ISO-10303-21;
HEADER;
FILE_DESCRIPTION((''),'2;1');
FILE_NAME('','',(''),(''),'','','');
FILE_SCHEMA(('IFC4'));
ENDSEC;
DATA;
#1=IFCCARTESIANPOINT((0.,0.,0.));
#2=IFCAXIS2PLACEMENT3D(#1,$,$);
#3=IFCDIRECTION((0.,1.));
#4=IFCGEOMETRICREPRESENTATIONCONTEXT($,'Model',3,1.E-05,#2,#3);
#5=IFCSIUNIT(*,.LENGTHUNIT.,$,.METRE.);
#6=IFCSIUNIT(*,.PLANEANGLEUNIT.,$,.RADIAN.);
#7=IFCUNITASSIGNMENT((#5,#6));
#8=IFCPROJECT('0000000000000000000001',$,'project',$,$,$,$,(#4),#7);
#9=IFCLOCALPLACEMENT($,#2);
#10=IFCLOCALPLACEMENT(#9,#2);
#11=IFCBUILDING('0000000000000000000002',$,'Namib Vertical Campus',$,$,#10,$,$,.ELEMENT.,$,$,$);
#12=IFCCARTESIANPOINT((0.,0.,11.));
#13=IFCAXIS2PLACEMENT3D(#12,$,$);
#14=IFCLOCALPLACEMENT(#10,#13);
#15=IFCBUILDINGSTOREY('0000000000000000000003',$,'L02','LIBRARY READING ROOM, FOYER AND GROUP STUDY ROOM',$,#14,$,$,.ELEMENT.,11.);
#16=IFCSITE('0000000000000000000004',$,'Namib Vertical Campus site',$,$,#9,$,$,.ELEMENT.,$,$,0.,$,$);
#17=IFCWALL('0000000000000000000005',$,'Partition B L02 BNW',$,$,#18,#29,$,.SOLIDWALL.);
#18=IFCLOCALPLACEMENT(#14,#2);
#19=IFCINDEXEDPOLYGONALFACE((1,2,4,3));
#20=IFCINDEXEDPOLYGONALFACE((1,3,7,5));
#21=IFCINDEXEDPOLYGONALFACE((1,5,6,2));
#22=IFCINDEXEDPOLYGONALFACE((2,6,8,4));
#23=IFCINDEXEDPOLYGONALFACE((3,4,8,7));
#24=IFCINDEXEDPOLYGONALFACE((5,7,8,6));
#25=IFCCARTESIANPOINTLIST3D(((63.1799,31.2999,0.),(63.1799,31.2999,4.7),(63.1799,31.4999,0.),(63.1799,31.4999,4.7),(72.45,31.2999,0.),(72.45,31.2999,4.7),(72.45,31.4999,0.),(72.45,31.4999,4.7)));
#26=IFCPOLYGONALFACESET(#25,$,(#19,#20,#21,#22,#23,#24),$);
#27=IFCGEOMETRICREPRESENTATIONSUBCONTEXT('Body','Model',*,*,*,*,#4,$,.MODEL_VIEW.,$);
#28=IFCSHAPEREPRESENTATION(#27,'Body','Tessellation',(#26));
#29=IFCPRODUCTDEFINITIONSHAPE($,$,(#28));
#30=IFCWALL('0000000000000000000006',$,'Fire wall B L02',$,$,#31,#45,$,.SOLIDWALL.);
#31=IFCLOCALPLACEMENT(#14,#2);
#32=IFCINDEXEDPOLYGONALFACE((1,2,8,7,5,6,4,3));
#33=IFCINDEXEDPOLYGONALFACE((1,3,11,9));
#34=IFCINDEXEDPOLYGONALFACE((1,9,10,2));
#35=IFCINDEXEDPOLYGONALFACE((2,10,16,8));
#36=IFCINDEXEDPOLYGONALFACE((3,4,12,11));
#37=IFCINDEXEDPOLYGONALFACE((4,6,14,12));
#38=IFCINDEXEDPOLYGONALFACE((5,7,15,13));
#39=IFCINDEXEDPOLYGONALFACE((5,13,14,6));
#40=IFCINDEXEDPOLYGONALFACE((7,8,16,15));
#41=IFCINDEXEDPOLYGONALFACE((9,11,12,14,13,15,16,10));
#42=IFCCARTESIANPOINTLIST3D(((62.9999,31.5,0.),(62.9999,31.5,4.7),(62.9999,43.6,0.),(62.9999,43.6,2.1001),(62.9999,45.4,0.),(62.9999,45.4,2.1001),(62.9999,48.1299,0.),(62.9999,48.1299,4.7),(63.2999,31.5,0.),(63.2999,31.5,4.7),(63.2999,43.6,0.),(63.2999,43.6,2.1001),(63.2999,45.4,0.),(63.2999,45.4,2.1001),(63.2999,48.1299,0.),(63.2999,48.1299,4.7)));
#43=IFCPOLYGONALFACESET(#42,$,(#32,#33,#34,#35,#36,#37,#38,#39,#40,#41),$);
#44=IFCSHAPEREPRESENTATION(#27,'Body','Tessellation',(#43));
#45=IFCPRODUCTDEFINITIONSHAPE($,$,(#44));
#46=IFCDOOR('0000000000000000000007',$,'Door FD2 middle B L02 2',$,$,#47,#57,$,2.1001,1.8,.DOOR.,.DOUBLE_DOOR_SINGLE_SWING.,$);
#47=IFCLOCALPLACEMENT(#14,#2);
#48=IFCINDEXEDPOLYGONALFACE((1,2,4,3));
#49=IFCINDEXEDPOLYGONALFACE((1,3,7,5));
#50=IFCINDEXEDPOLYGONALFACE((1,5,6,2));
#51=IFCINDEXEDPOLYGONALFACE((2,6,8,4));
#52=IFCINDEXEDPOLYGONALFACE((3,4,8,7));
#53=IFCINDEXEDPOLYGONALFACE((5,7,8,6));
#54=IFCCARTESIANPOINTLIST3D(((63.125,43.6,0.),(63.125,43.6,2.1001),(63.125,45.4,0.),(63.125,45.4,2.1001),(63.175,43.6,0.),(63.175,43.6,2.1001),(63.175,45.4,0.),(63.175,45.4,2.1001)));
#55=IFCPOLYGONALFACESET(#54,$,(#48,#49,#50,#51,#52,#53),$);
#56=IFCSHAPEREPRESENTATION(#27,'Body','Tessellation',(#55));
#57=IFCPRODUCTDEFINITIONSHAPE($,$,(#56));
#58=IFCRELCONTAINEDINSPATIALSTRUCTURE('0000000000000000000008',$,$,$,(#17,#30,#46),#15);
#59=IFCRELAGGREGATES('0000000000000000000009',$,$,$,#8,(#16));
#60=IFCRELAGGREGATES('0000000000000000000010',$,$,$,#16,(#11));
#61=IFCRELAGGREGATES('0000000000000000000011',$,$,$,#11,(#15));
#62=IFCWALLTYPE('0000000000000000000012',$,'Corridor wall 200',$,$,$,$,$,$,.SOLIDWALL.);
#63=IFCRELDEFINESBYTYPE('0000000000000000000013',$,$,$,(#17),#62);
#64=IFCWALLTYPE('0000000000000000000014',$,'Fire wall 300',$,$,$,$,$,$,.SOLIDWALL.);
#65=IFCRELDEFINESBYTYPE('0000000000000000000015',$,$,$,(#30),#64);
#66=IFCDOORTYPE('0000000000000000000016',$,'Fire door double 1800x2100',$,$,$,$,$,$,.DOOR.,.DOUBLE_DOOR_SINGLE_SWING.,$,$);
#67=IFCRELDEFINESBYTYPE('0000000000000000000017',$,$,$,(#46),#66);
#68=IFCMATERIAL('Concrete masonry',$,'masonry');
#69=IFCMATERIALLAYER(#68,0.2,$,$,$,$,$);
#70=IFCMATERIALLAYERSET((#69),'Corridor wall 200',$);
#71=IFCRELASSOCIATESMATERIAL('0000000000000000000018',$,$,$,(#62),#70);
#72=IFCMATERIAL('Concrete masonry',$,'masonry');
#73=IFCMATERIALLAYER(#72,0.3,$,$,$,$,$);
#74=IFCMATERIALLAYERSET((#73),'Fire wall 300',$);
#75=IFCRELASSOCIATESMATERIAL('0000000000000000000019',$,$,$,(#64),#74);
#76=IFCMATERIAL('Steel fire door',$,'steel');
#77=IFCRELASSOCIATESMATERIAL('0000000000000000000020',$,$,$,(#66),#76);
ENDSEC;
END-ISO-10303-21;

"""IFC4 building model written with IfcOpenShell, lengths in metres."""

from ifc_helpers import new_model, si_unit, direction, frame, frame_2d, origin, place, context, subcontext, project, spatial, rectangle, extrude, material, layer, layer_set, type_object, element, fill, save


model = new_model("IFC4")

# Units and contexts
model_context = context("Model", 3, precision=1e-05, world=origin(), true_north=direction((0.0, 1.0)))
body_context = subcontext(model_context, "Body", "Model", "MODEL_VIEW")
ifc_project = project(units=[si_unit("LENGTHUNIT", "METRE"), si_unit("PLANEANGLEUNIT", "RADIAN")], contexts=[model_context])

# Site, building, storey
site_placement = place(None, origin())
site = spatial("IfcSite", under=ifc_project, at=site_placement, Name="Namib Vertical Campus site", CompositionType="ELEMENT", RefElevation=0.0)
building_placement = place(site_placement, origin())
building = spatial("IfcBuilding", under=site, at=building_placement, Name="Namib Vertical Campus", CompositionType="ELEMENT")
storey_placement = place(building_placement, frame((0.0, 0.0, 11.0)))
storey = spatial("IfcBuildingStorey", under=building, at=storey_placement, Name="L02", Description="LIBRARY READING ROOM, FOYER AND GROUP STUDY ROOM", CompositionType="ELEMENT", Elevation=11.0)

# Shared definitions
ifc_material_1 = material(Name="Concrete masonry", Category="masonry")
ifc_layer_1 = layer(ifc_material_1, 0.2)
ifc_layer_set_1 = layer_set([ifc_layer_1], Name="Corridor wall 200")
wall_type_1 = type_object("IfcWallType", Name="Corridor wall 200", PredefinedType="SOLIDWALL", material=ifc_layer_set_1)

# Wall
wall_1_placement = place(storey_placement, frame((63.1799, 31.3999, 0.0), z_axis=(0.0, 0.0, 1.0), x_axis=(1.0, 0.0, 0.0)))
element("IfcWall", 1, at=wall_1_placement, inside=storey, type_object=wall_type_1, Name="Partition B L02 BNW", PredefinedType="SOLIDWALL", context=body_context, shape_type="SweptSolid", body=[
    extrude(rectangle(XDim=9.27, YDim=0.2, at=frame_2d((4.635, 0.0))), origin(), (0.0, 0.0, 1.0), 4.7),
])

# Wall, opening, door
ifc_material_2 = material(Name="Concrete masonry", Category="masonry")
ifc_layer_2 = layer(ifc_material_2, 0.3)
ifc_layer_set_2 = layer_set([ifc_layer_2], Name="Fire wall 300")
wall_type_2 = type_object("IfcWallType", Name="Fire wall 300", PredefinedType="SOLIDWALL", material=ifc_layer_set_2)
wall_2_placement = place(storey_placement, frame((63.1499, 31.5, 0.0), z_axis=(0.0, 0.0, 1.0), x_axis=(0.0, 1.0, 0.0)))
wall_2 = element("IfcWall", 2, at=wall_2_placement, inside=storey, type_object=wall_type_2, Name="Fire wall B L02", PredefinedType="SOLIDWALL", context=body_context, shape_type="SweptSolid", body=[
    extrude(rectangle(XDim=16.6299, YDim=0.3, at=frame_2d((8.3149, 0.0))), origin(), (0.0, 0.0, 1.0), 4.7),
])
opening_1_placement = place(wall_2_placement, frame((12.1001, 0.0, 0.0)))
opening_1 = element("IfcOpeningElement", 3, at=opening_1_placement, cuts=wall_2, PredefinedType="OPENING", context=body_context, shape_type="SweptSolid", body=[
    extrude(rectangle(XDim=1.8, YDim=2.1001, at=frame_2d((0.8999, 1.05))), frame((0.0, 0.1599, 0.0), z_axis=(0.0, -1.0, 0.0), x_axis=(1.0, 0.0, 0.0)), (0.0, 0.0, 1.0), 0.3201),
])
ifc_material_3 = material(Name="Steel fire door", Category="steel")
door_type_1 = type_object("IfcDoorType", Name="Fire door double 1800x2100", OperationType="DOUBLE_DOOR_SINGLE_SWING", PredefinedType="DOOR", material=ifc_material_3)
door_1_placement = place(opening_1_placement, origin())
door_1 = element("IfcDoor", 4, at=door_1_placement, inside=storey, type_object=door_type_1, Name="Door FD2 middle B L02 2", OperationType="DOUBLE_DOOR_SINGLE_SWING", OverallHeight=2.1001, OverallWidth=1.8, PredefinedType="DOOR", context=body_context, shape_type="SweptSolid", body=[
    extrude(rectangle(XDim=1.8, YDim=2.1001, at=frame_2d((0.8999, 1.05))), frame((0.0, 0.0249, 0.0), z_axis=(0.0, -1.0, 0.0), x_axis=(1.0, 0.0, 0.0)), (0.0, 0.0, 1.0), 0.05),
])
fill(opening_1, door_1)

save(model, "model.ifc")
